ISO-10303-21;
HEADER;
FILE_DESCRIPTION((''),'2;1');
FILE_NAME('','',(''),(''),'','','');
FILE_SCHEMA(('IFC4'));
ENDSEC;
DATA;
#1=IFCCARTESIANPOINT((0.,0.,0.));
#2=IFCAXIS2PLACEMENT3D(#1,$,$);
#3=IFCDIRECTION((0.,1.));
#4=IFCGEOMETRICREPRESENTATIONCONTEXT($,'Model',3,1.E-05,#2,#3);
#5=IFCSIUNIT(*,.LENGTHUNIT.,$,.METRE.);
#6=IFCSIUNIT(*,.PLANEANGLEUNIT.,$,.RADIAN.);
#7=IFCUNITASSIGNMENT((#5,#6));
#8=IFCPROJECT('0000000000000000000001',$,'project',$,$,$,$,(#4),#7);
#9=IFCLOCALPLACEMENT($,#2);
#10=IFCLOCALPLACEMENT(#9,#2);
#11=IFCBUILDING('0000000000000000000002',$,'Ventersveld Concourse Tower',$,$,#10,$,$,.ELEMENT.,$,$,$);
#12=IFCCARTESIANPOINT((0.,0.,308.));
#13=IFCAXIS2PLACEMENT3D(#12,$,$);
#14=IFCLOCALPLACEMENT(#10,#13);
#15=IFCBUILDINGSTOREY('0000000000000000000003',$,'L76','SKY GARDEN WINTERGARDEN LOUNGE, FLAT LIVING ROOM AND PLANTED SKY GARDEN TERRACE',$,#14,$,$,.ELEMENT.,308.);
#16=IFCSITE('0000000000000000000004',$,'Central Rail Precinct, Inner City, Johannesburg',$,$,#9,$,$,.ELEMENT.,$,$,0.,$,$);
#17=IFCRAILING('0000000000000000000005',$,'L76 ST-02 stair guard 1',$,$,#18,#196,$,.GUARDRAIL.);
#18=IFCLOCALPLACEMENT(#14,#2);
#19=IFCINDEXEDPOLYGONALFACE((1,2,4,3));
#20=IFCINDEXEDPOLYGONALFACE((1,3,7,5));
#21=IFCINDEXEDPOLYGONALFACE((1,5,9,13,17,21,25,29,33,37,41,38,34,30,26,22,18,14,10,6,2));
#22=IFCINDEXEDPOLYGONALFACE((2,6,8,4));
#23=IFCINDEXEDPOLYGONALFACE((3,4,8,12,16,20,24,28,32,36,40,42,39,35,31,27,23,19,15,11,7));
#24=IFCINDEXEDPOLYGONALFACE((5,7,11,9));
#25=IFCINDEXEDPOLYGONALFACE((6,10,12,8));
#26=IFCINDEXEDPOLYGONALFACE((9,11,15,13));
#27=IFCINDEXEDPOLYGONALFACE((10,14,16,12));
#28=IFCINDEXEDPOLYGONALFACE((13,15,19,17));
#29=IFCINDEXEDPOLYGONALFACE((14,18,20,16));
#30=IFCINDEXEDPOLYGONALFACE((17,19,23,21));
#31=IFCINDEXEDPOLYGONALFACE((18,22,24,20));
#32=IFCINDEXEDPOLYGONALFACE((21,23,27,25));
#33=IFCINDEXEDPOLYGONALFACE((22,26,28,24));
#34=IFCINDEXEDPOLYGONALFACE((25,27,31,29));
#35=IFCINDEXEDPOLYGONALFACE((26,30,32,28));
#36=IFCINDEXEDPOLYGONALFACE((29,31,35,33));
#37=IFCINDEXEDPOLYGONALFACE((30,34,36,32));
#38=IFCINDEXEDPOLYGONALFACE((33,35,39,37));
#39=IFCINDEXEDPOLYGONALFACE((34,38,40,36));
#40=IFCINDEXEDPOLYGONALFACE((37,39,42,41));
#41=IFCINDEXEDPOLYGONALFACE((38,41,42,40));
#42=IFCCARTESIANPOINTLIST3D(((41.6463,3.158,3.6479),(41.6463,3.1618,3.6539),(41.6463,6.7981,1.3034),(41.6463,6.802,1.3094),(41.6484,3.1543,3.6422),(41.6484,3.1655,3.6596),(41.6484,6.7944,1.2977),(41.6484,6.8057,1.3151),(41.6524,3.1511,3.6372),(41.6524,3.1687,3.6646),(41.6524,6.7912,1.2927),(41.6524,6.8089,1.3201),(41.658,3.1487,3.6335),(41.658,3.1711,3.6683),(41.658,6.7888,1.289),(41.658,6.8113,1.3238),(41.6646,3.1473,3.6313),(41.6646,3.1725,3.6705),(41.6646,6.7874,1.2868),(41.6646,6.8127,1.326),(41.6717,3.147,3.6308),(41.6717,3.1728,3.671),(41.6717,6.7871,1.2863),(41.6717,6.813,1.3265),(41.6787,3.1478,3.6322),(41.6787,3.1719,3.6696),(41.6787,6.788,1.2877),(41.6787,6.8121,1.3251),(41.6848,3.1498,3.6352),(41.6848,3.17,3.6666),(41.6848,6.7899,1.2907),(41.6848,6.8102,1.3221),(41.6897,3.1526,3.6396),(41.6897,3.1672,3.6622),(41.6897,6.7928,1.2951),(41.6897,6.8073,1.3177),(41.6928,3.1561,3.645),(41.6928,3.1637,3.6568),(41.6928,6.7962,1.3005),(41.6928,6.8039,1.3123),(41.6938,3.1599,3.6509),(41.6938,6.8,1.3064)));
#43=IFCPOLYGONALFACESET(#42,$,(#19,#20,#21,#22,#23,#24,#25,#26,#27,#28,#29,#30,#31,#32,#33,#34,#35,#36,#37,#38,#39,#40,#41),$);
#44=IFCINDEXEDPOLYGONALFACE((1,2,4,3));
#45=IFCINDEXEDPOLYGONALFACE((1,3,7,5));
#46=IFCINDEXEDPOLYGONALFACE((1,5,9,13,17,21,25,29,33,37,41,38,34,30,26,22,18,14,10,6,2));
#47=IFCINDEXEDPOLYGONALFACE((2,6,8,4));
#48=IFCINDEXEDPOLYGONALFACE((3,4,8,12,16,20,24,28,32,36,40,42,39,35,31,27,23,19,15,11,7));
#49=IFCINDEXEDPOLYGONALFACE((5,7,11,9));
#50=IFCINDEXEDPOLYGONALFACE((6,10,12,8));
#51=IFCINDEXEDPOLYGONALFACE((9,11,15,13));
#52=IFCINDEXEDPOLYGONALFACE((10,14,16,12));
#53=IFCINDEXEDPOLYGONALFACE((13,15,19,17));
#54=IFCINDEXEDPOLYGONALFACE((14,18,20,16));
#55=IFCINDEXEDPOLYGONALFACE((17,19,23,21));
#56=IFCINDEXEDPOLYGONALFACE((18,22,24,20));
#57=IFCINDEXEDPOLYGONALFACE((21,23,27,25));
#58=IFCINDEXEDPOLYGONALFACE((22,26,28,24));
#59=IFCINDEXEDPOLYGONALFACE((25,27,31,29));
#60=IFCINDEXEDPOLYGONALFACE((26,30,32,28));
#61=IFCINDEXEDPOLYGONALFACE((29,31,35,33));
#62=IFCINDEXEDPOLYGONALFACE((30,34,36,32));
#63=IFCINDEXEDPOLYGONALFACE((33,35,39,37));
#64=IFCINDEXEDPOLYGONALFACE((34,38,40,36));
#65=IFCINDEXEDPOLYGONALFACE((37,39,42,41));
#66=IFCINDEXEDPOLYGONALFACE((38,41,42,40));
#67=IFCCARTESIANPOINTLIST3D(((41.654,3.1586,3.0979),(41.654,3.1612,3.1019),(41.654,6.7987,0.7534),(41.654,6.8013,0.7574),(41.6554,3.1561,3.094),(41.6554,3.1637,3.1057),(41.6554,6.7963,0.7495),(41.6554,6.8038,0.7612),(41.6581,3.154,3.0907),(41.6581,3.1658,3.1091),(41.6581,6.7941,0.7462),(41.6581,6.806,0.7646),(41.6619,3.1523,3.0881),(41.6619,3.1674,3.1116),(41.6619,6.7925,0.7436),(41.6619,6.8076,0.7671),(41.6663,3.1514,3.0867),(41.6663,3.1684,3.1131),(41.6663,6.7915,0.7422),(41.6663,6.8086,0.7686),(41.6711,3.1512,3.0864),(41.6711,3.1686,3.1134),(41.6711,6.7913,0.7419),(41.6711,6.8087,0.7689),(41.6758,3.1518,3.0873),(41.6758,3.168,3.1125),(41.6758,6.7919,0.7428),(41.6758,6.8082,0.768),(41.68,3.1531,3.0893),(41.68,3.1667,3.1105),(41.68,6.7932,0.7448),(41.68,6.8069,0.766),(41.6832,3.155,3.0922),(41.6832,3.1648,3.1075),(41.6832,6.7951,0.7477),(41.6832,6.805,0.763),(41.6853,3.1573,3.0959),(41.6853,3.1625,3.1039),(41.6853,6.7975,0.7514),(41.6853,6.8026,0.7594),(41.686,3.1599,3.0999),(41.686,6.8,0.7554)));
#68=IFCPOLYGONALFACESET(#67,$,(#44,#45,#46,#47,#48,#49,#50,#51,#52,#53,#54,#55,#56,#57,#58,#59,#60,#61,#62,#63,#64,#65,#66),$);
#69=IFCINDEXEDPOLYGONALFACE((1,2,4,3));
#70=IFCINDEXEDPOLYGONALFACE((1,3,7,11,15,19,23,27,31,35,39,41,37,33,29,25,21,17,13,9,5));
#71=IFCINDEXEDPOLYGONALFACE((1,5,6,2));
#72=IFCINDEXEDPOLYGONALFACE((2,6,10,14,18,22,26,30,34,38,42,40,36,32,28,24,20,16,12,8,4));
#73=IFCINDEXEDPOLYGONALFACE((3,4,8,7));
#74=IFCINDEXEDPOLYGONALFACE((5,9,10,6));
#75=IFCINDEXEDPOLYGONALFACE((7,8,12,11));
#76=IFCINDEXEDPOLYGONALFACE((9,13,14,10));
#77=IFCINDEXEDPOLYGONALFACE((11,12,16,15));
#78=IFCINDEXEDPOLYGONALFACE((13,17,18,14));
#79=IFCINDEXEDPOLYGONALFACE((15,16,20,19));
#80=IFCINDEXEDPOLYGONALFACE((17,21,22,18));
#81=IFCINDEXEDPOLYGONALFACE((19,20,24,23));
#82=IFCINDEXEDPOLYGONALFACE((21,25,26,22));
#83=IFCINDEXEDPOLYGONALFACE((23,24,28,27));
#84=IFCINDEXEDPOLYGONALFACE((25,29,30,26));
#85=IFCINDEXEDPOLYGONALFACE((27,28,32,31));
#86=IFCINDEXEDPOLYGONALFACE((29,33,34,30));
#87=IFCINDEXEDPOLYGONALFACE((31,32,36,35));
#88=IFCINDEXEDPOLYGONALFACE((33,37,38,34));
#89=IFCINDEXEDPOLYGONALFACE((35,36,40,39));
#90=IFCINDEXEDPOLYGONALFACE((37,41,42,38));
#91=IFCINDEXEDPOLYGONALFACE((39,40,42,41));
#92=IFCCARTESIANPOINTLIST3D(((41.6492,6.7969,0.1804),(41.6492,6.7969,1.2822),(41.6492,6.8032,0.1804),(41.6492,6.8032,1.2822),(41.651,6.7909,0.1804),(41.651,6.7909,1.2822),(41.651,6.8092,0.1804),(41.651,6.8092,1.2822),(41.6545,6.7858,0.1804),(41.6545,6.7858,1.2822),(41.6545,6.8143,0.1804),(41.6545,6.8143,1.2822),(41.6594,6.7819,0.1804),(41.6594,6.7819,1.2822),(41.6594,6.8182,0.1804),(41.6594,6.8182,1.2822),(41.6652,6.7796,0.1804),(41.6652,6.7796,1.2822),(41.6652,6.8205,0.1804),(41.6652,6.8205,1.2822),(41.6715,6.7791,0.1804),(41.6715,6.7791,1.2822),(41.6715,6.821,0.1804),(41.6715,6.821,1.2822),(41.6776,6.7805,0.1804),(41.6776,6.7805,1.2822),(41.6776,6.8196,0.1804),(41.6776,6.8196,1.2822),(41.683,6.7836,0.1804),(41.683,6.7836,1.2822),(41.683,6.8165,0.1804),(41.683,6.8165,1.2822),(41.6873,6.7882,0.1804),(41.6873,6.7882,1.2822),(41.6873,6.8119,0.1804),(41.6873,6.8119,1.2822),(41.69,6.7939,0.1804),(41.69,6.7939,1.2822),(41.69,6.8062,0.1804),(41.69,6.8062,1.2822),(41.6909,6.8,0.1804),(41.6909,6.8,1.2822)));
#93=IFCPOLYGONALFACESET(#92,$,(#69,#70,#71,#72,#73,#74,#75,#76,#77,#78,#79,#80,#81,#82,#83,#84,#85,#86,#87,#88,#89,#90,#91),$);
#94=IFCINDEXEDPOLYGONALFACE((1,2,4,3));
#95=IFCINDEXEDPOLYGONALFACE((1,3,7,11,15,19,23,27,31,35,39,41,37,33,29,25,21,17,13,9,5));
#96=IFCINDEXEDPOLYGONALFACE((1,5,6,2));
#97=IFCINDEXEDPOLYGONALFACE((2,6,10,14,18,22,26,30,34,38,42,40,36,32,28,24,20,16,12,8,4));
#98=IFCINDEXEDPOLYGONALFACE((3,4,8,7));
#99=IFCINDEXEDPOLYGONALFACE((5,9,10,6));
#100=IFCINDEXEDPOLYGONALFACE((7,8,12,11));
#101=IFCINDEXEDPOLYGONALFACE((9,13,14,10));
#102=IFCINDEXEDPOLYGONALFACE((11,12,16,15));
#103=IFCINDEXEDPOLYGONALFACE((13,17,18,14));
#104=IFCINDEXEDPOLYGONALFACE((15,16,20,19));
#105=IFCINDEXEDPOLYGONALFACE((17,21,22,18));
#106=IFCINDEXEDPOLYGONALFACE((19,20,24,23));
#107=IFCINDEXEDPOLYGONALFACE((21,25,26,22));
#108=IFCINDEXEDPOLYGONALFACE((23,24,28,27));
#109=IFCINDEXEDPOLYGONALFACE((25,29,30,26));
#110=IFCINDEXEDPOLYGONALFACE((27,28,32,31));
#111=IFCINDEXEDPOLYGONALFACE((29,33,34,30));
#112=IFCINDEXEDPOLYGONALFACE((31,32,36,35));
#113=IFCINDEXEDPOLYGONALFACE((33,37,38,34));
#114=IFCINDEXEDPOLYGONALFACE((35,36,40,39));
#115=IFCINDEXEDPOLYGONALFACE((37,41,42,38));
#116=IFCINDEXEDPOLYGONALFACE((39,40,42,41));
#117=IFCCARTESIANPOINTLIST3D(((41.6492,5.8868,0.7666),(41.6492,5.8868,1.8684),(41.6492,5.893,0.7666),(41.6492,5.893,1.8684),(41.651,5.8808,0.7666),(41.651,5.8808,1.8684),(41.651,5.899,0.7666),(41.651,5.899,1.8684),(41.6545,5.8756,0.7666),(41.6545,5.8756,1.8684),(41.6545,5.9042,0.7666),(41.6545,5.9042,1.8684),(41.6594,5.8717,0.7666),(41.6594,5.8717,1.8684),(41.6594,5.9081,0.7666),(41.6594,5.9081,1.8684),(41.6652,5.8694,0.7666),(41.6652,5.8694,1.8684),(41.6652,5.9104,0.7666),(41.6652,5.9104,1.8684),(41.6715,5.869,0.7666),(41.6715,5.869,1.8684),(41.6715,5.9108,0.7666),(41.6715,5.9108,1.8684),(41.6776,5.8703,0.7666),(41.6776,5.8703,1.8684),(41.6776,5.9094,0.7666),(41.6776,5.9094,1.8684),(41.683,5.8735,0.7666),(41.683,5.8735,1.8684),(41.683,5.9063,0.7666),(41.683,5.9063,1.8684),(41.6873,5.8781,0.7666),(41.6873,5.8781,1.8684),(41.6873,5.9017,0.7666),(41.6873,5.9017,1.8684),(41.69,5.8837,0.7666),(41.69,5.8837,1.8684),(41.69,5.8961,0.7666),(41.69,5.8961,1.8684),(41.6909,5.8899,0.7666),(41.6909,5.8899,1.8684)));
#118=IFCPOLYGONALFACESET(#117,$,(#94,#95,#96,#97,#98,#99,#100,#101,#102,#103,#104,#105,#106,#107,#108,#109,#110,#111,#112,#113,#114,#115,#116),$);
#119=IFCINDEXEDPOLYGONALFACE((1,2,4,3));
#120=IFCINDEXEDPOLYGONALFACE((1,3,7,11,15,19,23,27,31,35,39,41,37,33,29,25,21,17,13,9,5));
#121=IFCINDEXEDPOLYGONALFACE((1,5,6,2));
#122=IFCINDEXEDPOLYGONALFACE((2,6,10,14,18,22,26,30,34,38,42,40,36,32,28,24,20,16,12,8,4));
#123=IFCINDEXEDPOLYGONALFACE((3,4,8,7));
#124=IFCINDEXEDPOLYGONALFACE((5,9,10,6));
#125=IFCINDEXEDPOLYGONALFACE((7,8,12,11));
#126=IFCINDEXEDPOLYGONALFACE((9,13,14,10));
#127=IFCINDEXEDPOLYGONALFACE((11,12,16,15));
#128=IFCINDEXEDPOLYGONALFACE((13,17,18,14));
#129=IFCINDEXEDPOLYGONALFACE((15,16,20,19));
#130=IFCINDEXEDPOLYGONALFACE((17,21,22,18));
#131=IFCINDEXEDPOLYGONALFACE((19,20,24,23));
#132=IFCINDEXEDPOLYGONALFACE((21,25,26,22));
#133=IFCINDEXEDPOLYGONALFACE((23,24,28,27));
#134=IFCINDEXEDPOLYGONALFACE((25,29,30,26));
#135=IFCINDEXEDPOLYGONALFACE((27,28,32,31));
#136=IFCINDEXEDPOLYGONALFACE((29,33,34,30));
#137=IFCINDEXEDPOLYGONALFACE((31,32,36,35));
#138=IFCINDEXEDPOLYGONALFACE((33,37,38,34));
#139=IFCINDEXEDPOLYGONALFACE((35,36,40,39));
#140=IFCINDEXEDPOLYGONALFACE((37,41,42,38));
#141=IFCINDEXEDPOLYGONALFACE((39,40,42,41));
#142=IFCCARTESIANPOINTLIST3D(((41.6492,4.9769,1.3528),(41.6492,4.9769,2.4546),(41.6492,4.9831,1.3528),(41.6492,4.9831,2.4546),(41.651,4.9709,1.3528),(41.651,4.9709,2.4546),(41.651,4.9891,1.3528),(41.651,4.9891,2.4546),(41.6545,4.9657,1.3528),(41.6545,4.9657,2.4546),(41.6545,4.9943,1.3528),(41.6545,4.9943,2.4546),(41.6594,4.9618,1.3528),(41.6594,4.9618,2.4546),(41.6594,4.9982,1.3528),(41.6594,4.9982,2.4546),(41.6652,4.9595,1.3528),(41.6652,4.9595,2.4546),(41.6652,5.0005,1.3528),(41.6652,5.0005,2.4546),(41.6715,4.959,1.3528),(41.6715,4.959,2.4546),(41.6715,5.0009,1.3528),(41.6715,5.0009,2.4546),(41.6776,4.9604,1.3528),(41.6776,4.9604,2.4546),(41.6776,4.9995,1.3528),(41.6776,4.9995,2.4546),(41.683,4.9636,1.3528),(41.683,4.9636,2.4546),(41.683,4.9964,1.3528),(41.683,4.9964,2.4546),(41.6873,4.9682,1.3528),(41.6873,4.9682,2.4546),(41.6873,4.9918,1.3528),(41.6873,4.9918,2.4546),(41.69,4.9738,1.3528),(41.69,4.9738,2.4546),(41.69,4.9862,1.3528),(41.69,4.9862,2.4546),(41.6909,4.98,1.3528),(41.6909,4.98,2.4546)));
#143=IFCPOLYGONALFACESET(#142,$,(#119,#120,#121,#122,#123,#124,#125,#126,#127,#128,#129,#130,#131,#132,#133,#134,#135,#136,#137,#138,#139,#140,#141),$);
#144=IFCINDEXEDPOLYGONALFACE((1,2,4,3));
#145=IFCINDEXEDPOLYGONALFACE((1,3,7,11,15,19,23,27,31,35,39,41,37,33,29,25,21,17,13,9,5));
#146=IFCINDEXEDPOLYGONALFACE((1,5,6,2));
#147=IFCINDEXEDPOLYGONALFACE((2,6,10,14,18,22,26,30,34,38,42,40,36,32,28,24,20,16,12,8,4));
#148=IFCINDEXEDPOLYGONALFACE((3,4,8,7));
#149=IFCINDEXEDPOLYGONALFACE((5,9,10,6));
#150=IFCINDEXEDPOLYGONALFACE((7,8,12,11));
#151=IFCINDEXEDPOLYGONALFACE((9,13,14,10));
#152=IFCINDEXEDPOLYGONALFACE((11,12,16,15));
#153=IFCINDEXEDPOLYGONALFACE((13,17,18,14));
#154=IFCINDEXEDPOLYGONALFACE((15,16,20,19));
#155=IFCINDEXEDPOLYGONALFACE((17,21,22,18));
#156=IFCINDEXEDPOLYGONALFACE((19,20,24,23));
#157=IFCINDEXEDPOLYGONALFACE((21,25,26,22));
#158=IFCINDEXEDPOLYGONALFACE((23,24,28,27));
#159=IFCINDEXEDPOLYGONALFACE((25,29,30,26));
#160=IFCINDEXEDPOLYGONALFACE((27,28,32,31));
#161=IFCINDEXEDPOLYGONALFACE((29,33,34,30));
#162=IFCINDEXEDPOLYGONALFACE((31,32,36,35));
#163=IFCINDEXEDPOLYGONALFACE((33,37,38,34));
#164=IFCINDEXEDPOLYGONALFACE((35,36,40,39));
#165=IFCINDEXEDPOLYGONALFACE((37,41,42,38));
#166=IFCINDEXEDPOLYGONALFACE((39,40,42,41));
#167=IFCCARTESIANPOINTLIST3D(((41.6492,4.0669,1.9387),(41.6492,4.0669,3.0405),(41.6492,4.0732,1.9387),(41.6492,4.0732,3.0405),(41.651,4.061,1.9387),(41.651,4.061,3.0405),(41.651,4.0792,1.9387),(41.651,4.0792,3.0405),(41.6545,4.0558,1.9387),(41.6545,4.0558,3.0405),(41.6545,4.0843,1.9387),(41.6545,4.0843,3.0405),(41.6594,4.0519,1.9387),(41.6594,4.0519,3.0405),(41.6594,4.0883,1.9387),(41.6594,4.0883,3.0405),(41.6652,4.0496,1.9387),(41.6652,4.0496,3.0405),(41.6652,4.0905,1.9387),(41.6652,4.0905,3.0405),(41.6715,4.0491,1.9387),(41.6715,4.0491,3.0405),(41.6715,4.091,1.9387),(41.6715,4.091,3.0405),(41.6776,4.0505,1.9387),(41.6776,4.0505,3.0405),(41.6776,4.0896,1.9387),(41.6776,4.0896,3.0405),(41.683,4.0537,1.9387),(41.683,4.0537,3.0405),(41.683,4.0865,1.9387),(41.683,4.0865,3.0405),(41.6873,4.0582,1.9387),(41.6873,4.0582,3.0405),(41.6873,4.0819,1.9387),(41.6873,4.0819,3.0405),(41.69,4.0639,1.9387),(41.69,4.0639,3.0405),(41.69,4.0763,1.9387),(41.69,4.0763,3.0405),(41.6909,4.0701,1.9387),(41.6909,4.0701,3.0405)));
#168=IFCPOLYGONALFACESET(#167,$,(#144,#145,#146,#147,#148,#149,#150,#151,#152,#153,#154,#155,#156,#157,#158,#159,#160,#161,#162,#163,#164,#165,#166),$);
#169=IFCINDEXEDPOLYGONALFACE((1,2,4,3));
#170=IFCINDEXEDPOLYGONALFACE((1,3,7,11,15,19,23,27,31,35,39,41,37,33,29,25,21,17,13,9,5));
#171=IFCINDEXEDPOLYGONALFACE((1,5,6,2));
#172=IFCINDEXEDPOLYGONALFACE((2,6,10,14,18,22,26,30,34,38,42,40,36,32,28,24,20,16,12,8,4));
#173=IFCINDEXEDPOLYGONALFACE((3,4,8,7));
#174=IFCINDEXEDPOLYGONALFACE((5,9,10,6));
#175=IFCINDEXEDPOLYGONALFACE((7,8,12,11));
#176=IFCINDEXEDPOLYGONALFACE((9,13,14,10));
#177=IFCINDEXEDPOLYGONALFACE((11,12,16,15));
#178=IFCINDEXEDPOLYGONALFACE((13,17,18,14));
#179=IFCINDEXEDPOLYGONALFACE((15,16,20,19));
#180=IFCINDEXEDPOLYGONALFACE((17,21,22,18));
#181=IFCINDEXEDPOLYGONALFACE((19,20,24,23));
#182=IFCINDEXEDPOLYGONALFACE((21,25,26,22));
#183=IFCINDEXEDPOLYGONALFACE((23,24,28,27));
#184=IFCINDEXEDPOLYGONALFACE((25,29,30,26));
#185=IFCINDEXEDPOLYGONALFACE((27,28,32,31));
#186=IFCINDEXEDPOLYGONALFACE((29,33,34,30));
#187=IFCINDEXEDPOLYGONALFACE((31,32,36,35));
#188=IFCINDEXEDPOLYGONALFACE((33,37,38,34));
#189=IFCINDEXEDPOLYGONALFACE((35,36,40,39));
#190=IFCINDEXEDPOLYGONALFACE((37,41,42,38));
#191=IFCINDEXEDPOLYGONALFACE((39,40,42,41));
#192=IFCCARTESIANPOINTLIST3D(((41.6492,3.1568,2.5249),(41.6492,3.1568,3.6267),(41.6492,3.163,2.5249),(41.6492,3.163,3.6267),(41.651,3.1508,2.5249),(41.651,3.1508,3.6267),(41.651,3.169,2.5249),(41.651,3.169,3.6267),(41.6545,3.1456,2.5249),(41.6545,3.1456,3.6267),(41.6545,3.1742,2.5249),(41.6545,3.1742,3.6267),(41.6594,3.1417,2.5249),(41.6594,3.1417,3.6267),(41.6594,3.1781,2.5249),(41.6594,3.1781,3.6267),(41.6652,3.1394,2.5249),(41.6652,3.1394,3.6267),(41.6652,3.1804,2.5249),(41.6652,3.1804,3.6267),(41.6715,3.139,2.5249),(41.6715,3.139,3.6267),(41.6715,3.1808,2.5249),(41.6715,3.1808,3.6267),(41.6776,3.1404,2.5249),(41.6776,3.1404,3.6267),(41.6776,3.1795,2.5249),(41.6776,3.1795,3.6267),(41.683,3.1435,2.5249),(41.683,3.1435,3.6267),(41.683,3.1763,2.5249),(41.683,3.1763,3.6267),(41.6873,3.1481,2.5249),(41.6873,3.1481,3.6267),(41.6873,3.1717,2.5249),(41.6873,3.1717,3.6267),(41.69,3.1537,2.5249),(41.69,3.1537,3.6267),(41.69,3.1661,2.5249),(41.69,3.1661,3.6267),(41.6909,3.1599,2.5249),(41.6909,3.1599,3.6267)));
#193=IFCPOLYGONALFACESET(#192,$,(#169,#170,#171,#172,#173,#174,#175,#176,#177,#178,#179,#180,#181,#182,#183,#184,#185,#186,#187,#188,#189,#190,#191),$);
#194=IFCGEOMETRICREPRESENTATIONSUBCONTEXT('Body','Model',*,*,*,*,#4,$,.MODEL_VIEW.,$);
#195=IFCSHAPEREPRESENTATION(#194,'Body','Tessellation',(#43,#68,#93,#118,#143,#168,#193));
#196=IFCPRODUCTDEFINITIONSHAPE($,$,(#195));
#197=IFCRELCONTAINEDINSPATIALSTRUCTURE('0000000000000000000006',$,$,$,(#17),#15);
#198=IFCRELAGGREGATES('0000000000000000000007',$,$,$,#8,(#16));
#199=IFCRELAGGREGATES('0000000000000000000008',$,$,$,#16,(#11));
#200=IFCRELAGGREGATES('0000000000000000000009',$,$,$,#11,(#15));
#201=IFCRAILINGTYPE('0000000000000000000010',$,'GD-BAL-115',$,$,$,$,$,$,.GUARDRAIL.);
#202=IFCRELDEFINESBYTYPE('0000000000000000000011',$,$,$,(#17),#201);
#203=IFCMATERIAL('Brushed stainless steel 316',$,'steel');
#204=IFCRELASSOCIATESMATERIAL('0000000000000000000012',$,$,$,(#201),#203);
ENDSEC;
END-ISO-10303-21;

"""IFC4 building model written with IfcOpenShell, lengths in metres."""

from ifc_helpers import new_model, si_unit, direction, frame, origin, origin_2d, place, context, subcontext, project, spatial, circle, extrude, material, type_object, element, save


model = new_model("IFC4")

# Units and contexts
model_context = context("Model", 3, precision=1e-05, world=origin(), true_north=direction((0.0, 1.0)))
body_context = subcontext(model_context, "Body", "Model", "MODEL_VIEW")
ifc_project = project(units=[si_unit("LENGTHUNIT", "METRE"), si_unit("PLANEANGLEUNIT", "RADIAN")], contexts=[model_context])

# Site, building, storey
site_placement = place(None, origin())
site = spatial("IfcSite", under=ifc_project, at=site_placement, Name="Central Rail Precinct, Inner City, Johannesburg", CompositionType="ELEMENT", RefElevation=0.0)
building_placement = place(site_placement, origin())
building = spatial("IfcBuilding", under=site, at=building_placement, Name="Ventersveld Concourse Tower", CompositionType="ELEMENT")
storey_placement = place(building_placement, frame((0.0, 0.0, 308.0)))
storey = spatial("IfcBuildingStorey", under=building, at=storey_placement, Name="L76", Description="SKY GARDEN WINTERGARDEN LOUNGE, FLAT LIVING ROOM AND PLANTED SKY GARDEN TERRACE", CompositionType="ELEMENT", Elevation=308.0)

# Shared definitions
ifc_material_1 = material(Name="Brushed stainless steel 316", Category="steel")

# Railing
railing_type_1 = type_object("IfcRailingType", Name="GD-BAL-115", PredefinedType="GUARDRAIL", material=ifc_material_1)
railing_1_placement = place(storey_placement, frame((41.6699, 6.8, 0.1804)))
element("IfcRailing", 1, at=railing_1_placement, inside=storey, type_object=railing_type_1, Name="L76 ST-02 stair guard 1", PredefinedType="GUARDRAIL", context=body_context, shape_type="SweptSolid", body=[
    extrude(circle(Radius=0.0239, at=origin_2d()), frame((0.0, 0.0, 1.126), z_axis=(0.0, -0.840716, 0.541476), x_axis=(1.0, 0.0, 0.0)), (0.0, 0.0, 1.0), 4.3298),
    extrude(circle(Radius=0.0161, at=origin_2d()), frame((0.0, 0.0, 0.575), z_axis=(0.0, -0.840716, 0.541476), x_axis=(1.0, 0.0, 0.0)), (0.0, 0.0, 1.0), 4.3298),
    extrude(circle(Radius=0.021, at=origin_2d()), origin(), (0.0, 0.0, 1.0), 1.1018),
    extrude(circle(Radius=0.021, at=origin_2d()), frame((0.0, -0.9102, 0.5862)), (0.0, 0.0, 1.0), 1.1018),
    extrude(circle(Radius=0.021, at=origin_2d()), frame((0.0, -1.8201, 1.1724)), (0.0, 0.0, 1.0), 1.1018),
    extrude(circle(Radius=0.021, at=origin_2d()), frame((0.0, -2.73, 1.7583)), (0.0, 0.0, 1.0), 1.1018),
    extrude(circle(Radius=0.021, at=origin_2d()), frame((0.0, -3.6401, 2.3445)), (0.0, 0.0, 1.0), 1.1018),
])

save(model, "model.ifc")
